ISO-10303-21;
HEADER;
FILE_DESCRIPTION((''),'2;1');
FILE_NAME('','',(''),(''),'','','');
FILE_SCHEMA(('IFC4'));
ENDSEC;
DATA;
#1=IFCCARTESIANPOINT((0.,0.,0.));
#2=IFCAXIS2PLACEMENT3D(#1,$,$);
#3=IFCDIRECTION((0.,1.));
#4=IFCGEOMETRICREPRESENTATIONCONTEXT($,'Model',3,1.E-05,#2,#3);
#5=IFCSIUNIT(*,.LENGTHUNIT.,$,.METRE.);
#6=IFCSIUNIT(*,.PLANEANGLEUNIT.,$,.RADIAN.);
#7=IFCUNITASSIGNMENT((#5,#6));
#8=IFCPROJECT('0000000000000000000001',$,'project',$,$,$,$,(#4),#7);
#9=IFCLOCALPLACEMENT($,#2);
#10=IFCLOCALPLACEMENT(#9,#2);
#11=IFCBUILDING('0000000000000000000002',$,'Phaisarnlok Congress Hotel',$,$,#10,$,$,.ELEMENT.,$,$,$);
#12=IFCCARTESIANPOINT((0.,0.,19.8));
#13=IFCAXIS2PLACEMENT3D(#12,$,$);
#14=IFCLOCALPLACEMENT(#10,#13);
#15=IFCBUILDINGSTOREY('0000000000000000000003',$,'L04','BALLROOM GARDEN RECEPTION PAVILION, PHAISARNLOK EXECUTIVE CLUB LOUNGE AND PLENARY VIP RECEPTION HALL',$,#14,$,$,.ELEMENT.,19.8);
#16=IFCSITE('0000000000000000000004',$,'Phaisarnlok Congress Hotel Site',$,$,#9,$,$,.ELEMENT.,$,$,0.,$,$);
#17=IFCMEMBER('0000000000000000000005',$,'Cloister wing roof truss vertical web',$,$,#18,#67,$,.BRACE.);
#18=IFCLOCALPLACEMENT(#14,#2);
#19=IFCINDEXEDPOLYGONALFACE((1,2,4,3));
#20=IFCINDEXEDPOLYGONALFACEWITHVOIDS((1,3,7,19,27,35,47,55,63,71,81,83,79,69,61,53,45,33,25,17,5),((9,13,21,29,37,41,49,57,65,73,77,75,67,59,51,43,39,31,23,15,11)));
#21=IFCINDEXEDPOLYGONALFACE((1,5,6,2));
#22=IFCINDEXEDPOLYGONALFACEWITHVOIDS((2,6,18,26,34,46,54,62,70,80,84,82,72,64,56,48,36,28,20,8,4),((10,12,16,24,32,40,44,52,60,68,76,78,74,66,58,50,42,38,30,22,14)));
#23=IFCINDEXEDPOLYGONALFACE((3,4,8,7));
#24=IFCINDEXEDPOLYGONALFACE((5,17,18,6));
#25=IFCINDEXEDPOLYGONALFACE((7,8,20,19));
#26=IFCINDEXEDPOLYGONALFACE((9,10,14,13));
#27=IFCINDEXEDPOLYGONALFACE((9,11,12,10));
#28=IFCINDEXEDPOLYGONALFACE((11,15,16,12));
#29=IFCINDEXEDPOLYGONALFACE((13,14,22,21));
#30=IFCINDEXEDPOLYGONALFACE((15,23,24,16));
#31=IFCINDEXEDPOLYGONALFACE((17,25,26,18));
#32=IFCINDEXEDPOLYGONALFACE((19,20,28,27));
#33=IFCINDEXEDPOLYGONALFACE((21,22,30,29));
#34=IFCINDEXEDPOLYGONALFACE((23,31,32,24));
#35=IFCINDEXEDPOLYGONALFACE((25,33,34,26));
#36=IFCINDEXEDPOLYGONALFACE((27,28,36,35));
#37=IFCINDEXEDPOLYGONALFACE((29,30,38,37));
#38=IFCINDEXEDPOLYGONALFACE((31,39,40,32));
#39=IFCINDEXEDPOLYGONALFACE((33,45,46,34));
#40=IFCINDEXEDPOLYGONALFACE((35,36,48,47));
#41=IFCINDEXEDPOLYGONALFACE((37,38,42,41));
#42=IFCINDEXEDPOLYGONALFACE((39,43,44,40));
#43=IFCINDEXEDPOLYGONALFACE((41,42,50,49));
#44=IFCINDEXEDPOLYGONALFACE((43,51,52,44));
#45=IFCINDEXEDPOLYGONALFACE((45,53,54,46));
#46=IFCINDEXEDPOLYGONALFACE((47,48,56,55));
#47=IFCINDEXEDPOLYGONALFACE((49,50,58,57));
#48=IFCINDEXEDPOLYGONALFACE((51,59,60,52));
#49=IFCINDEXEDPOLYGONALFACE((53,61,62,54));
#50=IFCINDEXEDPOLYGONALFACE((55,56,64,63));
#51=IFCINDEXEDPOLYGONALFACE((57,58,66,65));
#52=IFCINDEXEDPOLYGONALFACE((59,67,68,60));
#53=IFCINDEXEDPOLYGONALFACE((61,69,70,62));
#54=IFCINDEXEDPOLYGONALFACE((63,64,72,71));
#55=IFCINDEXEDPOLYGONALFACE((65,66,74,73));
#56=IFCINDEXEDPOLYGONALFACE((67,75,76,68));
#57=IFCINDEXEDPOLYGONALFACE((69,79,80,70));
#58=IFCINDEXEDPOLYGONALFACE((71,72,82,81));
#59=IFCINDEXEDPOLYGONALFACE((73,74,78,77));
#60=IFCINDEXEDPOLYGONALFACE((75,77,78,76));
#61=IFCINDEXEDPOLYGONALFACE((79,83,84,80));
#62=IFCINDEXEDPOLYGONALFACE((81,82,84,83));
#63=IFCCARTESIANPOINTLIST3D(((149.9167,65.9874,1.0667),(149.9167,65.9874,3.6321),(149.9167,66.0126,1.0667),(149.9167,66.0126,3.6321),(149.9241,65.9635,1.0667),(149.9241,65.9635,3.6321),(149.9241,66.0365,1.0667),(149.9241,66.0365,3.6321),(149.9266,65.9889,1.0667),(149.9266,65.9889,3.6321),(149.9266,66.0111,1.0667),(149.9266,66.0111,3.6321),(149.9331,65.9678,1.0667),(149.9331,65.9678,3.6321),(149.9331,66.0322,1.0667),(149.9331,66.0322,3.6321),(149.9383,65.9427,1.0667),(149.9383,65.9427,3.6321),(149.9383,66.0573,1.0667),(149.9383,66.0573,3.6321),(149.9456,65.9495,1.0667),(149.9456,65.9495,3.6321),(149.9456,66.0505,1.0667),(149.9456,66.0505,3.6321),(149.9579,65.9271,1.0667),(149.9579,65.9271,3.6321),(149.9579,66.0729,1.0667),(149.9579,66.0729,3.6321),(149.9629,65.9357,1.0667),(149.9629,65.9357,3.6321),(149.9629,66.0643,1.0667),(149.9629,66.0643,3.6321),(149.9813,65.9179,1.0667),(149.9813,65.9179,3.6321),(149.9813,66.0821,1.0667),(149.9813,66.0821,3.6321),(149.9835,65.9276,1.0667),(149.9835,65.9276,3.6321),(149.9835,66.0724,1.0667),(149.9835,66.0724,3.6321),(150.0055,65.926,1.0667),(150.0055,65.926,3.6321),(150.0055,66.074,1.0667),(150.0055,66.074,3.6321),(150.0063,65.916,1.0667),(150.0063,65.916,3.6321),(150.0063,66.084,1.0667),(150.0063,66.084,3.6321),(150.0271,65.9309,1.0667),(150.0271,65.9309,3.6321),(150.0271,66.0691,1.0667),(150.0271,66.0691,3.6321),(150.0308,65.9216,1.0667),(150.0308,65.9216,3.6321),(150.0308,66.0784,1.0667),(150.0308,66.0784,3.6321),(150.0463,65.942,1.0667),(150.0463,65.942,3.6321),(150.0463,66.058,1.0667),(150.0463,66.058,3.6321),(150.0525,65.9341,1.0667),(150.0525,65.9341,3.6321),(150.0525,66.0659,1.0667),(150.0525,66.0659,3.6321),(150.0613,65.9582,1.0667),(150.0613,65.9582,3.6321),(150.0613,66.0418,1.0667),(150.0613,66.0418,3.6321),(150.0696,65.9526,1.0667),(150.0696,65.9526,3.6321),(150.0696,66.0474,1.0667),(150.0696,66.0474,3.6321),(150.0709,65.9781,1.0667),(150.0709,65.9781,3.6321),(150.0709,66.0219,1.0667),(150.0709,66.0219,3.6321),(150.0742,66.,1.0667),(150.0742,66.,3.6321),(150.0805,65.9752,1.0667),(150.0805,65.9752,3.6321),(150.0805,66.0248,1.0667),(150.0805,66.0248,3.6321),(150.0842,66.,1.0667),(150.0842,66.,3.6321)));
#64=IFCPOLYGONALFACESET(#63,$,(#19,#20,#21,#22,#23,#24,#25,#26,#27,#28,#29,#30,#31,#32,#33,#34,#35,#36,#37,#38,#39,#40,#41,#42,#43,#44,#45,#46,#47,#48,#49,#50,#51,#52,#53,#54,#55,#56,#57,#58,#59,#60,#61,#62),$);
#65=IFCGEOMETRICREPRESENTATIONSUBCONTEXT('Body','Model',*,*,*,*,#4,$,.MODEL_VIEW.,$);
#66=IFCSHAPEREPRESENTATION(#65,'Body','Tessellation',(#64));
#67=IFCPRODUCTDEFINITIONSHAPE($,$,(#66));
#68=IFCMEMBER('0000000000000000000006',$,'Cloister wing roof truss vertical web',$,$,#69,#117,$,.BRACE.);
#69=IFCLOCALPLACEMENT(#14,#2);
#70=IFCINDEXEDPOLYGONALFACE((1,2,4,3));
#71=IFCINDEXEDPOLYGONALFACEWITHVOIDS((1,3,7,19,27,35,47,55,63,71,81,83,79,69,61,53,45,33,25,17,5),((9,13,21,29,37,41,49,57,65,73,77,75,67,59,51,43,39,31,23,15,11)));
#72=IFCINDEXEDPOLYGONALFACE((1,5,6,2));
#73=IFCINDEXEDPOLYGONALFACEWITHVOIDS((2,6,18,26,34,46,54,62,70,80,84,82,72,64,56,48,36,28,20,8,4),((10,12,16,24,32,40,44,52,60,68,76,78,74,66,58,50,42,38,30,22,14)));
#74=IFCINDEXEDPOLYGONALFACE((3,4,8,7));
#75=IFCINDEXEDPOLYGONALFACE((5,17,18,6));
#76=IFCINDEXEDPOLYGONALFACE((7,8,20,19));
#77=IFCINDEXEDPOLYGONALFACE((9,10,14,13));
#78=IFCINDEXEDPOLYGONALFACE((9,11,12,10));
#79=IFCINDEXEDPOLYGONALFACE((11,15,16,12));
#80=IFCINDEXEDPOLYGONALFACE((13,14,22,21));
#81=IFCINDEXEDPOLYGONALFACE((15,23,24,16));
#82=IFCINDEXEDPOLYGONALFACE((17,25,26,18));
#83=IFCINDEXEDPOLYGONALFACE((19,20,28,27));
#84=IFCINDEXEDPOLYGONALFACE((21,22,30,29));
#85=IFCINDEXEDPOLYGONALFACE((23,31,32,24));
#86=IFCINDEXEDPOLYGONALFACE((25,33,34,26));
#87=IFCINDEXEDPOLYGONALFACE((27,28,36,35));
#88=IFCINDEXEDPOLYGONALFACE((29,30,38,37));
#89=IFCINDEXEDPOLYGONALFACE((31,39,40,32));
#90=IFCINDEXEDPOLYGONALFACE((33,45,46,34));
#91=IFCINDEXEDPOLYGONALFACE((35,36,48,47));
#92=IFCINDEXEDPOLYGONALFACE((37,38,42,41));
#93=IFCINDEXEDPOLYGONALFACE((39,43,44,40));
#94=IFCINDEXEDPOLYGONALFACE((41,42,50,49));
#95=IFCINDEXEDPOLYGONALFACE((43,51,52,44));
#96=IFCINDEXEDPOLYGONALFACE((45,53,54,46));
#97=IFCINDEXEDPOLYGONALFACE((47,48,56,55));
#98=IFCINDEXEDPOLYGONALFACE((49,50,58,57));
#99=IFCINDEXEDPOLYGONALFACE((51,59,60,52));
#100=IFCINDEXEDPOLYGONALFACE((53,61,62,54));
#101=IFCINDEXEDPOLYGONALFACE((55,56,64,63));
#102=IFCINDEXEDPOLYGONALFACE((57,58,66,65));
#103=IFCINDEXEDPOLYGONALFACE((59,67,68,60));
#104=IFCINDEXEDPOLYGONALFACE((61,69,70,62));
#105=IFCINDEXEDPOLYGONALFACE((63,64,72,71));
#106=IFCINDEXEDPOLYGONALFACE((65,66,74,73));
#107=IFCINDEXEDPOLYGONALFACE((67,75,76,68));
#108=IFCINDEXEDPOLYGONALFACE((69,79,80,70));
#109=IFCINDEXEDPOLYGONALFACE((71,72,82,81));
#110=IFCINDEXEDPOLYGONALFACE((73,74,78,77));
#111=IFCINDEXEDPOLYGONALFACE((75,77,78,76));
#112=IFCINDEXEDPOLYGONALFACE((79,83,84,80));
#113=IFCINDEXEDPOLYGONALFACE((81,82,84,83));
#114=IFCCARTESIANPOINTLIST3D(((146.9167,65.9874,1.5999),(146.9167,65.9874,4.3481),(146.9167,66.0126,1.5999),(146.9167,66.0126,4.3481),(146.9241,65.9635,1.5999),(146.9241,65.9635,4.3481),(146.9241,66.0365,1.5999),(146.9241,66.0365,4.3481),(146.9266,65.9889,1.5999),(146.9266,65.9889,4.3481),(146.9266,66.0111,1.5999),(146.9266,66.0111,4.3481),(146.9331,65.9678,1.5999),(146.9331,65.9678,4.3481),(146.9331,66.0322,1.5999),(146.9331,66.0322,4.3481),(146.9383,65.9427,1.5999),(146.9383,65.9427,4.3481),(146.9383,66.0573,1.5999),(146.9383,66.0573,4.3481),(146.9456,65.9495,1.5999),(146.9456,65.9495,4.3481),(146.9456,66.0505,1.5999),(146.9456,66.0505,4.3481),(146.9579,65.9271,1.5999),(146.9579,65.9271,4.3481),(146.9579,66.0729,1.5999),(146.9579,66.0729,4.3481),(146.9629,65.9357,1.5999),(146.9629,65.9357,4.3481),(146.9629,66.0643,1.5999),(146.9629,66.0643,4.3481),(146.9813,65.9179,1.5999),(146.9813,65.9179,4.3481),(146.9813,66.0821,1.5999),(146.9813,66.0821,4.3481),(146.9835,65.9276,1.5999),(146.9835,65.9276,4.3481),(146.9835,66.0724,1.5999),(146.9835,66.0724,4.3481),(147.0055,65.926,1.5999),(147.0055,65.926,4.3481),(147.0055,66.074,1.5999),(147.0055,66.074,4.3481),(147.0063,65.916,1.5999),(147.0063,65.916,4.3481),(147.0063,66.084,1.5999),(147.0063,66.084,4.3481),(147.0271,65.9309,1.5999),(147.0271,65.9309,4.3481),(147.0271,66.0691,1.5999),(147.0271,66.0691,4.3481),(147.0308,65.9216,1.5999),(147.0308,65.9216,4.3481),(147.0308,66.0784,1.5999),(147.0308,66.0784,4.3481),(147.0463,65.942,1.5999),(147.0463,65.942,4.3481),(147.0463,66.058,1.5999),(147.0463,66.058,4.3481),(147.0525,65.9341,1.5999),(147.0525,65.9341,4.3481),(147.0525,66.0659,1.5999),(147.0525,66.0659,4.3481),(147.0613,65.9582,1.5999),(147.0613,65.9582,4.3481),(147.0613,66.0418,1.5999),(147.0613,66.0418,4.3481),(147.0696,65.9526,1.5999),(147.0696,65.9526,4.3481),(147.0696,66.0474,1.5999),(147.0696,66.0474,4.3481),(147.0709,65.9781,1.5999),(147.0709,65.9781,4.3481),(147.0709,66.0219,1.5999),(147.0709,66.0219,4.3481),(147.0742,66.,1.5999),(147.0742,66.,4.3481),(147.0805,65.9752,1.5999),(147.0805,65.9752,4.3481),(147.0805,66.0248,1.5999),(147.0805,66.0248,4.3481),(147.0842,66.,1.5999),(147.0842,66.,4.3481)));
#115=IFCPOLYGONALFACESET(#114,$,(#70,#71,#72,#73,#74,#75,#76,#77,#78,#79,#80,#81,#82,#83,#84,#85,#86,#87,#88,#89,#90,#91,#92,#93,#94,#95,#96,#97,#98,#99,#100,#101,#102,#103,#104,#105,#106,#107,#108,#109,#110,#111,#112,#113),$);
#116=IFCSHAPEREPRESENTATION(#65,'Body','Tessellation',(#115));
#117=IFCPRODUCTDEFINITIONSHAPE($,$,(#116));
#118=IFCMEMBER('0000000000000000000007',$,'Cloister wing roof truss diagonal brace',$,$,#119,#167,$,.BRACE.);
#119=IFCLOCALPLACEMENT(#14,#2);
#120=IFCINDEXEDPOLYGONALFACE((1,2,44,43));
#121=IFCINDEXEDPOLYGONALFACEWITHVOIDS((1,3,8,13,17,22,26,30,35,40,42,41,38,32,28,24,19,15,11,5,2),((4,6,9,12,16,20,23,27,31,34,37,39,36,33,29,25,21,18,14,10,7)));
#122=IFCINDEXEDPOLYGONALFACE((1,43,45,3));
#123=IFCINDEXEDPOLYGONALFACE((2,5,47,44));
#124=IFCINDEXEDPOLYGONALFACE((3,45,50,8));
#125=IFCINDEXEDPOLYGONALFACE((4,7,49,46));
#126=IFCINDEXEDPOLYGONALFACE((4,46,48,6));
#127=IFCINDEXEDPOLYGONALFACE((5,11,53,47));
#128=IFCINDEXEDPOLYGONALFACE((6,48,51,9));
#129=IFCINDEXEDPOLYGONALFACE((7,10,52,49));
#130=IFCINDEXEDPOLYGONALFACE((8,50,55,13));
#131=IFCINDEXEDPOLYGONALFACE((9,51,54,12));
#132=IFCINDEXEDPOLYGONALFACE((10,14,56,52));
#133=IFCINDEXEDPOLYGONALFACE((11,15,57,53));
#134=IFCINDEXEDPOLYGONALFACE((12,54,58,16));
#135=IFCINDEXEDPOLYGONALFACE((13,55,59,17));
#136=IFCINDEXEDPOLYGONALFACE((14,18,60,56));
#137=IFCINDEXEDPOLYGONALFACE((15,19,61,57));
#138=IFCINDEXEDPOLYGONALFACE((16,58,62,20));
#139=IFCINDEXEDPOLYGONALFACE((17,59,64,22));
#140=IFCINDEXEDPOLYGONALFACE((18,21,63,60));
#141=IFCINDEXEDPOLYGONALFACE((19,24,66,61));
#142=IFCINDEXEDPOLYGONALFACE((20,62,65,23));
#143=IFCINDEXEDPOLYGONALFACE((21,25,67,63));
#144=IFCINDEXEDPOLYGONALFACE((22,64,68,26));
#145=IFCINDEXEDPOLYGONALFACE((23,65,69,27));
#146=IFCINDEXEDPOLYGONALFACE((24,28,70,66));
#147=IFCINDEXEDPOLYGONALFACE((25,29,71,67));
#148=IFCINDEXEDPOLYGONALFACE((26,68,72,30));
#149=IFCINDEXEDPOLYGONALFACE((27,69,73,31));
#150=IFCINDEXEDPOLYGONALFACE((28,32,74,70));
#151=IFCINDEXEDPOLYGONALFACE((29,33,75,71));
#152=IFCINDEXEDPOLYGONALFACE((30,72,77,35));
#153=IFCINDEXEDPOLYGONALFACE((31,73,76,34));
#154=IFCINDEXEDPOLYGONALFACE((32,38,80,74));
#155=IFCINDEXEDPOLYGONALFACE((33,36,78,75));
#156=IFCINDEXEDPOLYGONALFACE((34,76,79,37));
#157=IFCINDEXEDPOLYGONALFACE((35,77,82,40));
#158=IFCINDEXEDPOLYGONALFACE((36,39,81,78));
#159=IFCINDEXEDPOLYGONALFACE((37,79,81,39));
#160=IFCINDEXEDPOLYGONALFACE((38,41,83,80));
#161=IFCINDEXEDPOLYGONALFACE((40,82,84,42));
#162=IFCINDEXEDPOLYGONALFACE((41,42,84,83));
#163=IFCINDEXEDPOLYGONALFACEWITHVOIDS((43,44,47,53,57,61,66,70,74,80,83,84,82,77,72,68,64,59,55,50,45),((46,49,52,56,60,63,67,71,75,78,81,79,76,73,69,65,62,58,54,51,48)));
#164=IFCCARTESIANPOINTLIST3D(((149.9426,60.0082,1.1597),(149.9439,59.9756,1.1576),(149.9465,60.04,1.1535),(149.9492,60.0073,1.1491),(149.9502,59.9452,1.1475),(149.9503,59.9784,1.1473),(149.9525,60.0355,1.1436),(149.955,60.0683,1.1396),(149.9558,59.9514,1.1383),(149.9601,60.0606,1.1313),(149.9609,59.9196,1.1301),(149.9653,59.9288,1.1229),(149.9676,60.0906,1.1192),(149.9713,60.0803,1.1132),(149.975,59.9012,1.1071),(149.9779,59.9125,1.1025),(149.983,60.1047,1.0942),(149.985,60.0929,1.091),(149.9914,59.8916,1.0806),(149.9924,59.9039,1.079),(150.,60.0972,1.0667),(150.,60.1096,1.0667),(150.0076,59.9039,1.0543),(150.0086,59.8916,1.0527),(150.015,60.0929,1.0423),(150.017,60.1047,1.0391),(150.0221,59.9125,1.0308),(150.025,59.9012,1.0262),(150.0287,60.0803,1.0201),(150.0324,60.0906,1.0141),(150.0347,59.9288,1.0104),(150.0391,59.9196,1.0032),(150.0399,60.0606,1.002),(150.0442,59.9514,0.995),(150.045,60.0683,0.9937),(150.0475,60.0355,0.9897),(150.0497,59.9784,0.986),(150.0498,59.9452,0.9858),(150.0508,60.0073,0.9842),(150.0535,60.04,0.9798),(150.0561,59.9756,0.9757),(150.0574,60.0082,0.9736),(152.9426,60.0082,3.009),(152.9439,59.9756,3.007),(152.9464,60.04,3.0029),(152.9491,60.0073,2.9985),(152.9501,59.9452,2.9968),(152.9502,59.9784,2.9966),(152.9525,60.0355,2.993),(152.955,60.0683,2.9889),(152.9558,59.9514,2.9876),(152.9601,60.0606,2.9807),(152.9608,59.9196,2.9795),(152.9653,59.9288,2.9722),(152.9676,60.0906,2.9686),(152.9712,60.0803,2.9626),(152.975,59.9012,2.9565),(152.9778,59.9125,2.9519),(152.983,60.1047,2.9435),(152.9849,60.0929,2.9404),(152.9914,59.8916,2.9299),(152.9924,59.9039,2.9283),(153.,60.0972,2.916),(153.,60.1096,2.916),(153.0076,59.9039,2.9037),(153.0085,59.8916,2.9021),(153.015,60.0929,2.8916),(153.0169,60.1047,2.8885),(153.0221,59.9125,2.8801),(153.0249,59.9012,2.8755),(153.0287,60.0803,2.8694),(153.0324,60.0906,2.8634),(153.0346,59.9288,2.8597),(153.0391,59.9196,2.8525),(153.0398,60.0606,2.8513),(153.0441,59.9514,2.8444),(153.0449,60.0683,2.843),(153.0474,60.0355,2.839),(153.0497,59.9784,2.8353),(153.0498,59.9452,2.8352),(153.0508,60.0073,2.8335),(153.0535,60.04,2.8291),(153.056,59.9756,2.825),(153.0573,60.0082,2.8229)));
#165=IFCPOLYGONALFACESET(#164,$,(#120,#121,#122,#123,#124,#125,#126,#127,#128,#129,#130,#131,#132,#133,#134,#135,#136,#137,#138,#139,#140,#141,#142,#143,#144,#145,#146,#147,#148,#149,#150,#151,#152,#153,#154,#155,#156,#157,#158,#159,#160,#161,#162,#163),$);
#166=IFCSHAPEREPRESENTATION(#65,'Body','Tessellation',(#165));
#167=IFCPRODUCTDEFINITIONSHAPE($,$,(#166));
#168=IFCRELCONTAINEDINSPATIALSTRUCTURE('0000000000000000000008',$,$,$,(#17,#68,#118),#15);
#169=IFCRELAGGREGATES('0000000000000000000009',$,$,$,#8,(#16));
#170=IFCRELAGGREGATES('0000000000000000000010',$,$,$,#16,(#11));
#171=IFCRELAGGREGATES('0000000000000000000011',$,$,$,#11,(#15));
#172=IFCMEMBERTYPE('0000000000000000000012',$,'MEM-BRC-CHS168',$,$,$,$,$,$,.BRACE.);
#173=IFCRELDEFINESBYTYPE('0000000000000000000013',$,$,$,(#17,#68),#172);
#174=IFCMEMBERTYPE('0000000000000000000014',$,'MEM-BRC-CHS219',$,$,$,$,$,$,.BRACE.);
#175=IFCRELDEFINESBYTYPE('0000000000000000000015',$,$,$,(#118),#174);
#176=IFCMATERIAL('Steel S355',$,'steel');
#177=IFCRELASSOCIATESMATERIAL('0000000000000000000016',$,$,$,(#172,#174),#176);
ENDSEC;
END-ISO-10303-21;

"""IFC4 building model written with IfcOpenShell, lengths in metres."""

from ifc_helpers import new_model, si_unit, direction, frame, origin, origin_2d, place, context, subcontext, project, spatial, hollow_circle, extrude, material, material_profile, profile_set, type_object, element, save


model = new_model("IFC4")

# Units and contexts
model_context = context("Model", 3, precision=1e-05, world=origin(), true_north=direction((0.0, 1.0)))
body_context = subcontext(model_context, "Body", "Model", "MODEL_VIEW")
ifc_project = project(units=[si_unit("LENGTHUNIT", "METRE"), si_unit("PLANEANGLEUNIT", "RADIAN")], contexts=[model_context])

# Site, building, storey
site_placement = place(None, origin())
site = spatial("IfcSite", under=ifc_project, at=site_placement, Name="Phaisarnlok Congress Hotel Site", CompositionType="ELEMENT", RefElevation=0.0)
building_placement = place(site_placement, origin())
building = spatial("IfcBuilding", under=site, at=building_placement, Name="Phaisarnlok Congress Hotel", CompositionType="ELEMENT")
storey_placement = place(building_placement, frame((0.0, 0.0, 19.8)))
storey = spatial("IfcBuildingStorey", under=building, at=storey_placement, Name="L04", Description="BALLROOM GARDEN RECEPTION PAVILION, PHAISARNLOK EXECUTIVE CLUB LOUNGE AND PLENARY VIP RECEPTION HALL", CompositionType="ELEMENT", Elevation=19.8)

# Shared definitions
ifc_material = material(Name="Steel S355", Category="steel")

# Members
ifc_material_profile_1 = material_profile(ifc_material, hollow_circle(Radius=0.0842, WallThickness=0.01, at=origin_2d()), Name="CHS 168.3x10")
ifc_profile_set_1 = profile_set([ifc_material_profile_1], Name="Steel S355")
member_type_1 = type_object("IfcMemberType", Name="MEM-BRC-CHS168", PredefinedType="BRACE", material=ifc_profile_set_1)
member_1_placement = place(storey_placement, frame((150.0, 66.0, 1.0667), z_axis=(0.0, 0.0, 1.0), x_axis=(1.0, 0.0, 0.0)))
element("IfcMember", 1, at=member_1_placement, inside=storey, type_object=member_type_1, Name="Cloister wing roof truss vertical web", PredefinedType="BRACE", context=body_context, shape_type="SweptSolid", body=[
    extrude(hollow_circle(Radius=0.0842, WallThickness=0.01, at=origin_2d()), origin(), (0.0, 0.0, 1.0), 2.5654),
])
member_2_placement = place(storey_placement, frame((147.0, 66.0, 1.5999), z_axis=(0.0, 0.0, 1.0), x_axis=(1.0, 0.0, 0.0)))
element("IfcMember", 2, at=member_2_placement, inside=storey, type_object=member_type_1, Name="Cloister wing roof truss vertical web", PredefinedType="BRACE", context=body_context, shape_type="SweptSolid", body=[
    extrude(hollow_circle(Radius=0.0842, WallThickness=0.01, at=origin_2d()), origin(), (0.0, 0.0, 1.0), 2.7483),
])
ifc_material_profile_2 = material_profile(ifc_material, hollow_circle(Radius=0.1096, WallThickness=0.0125, at=origin_2d()), Name="CHS 219.1x12.5")
ifc_profile_set_2 = profile_set([ifc_material_profile_2], Name="Steel S355")
member_type_2 = type_object("IfcMemberType", Name="MEM-BRC-CHS219", PredefinedType="BRACE", material=ifc_profile_set_2)
member_3_placement = place(storey_placement, frame((150.0, 60.0, 1.0667), z_axis=(0.851251, 0.0, 0.524758), x_axis=(0.0, 1.0, 0.0)))
element("IfcMember", 3, at=member_3_placement, inside=storey, type_object=member_type_2, Name="Cloister wing roof truss diagonal brace", PredefinedType="BRACE", context=body_context, shape_type="SweptSolid", body=[
    extrude(hollow_circle(Radius=0.1096, WallThickness=0.0125, at=origin_2d()), origin(), (0.0, 0.0, 1.0), 3.5242),
])

save(model, "model.ifc")
